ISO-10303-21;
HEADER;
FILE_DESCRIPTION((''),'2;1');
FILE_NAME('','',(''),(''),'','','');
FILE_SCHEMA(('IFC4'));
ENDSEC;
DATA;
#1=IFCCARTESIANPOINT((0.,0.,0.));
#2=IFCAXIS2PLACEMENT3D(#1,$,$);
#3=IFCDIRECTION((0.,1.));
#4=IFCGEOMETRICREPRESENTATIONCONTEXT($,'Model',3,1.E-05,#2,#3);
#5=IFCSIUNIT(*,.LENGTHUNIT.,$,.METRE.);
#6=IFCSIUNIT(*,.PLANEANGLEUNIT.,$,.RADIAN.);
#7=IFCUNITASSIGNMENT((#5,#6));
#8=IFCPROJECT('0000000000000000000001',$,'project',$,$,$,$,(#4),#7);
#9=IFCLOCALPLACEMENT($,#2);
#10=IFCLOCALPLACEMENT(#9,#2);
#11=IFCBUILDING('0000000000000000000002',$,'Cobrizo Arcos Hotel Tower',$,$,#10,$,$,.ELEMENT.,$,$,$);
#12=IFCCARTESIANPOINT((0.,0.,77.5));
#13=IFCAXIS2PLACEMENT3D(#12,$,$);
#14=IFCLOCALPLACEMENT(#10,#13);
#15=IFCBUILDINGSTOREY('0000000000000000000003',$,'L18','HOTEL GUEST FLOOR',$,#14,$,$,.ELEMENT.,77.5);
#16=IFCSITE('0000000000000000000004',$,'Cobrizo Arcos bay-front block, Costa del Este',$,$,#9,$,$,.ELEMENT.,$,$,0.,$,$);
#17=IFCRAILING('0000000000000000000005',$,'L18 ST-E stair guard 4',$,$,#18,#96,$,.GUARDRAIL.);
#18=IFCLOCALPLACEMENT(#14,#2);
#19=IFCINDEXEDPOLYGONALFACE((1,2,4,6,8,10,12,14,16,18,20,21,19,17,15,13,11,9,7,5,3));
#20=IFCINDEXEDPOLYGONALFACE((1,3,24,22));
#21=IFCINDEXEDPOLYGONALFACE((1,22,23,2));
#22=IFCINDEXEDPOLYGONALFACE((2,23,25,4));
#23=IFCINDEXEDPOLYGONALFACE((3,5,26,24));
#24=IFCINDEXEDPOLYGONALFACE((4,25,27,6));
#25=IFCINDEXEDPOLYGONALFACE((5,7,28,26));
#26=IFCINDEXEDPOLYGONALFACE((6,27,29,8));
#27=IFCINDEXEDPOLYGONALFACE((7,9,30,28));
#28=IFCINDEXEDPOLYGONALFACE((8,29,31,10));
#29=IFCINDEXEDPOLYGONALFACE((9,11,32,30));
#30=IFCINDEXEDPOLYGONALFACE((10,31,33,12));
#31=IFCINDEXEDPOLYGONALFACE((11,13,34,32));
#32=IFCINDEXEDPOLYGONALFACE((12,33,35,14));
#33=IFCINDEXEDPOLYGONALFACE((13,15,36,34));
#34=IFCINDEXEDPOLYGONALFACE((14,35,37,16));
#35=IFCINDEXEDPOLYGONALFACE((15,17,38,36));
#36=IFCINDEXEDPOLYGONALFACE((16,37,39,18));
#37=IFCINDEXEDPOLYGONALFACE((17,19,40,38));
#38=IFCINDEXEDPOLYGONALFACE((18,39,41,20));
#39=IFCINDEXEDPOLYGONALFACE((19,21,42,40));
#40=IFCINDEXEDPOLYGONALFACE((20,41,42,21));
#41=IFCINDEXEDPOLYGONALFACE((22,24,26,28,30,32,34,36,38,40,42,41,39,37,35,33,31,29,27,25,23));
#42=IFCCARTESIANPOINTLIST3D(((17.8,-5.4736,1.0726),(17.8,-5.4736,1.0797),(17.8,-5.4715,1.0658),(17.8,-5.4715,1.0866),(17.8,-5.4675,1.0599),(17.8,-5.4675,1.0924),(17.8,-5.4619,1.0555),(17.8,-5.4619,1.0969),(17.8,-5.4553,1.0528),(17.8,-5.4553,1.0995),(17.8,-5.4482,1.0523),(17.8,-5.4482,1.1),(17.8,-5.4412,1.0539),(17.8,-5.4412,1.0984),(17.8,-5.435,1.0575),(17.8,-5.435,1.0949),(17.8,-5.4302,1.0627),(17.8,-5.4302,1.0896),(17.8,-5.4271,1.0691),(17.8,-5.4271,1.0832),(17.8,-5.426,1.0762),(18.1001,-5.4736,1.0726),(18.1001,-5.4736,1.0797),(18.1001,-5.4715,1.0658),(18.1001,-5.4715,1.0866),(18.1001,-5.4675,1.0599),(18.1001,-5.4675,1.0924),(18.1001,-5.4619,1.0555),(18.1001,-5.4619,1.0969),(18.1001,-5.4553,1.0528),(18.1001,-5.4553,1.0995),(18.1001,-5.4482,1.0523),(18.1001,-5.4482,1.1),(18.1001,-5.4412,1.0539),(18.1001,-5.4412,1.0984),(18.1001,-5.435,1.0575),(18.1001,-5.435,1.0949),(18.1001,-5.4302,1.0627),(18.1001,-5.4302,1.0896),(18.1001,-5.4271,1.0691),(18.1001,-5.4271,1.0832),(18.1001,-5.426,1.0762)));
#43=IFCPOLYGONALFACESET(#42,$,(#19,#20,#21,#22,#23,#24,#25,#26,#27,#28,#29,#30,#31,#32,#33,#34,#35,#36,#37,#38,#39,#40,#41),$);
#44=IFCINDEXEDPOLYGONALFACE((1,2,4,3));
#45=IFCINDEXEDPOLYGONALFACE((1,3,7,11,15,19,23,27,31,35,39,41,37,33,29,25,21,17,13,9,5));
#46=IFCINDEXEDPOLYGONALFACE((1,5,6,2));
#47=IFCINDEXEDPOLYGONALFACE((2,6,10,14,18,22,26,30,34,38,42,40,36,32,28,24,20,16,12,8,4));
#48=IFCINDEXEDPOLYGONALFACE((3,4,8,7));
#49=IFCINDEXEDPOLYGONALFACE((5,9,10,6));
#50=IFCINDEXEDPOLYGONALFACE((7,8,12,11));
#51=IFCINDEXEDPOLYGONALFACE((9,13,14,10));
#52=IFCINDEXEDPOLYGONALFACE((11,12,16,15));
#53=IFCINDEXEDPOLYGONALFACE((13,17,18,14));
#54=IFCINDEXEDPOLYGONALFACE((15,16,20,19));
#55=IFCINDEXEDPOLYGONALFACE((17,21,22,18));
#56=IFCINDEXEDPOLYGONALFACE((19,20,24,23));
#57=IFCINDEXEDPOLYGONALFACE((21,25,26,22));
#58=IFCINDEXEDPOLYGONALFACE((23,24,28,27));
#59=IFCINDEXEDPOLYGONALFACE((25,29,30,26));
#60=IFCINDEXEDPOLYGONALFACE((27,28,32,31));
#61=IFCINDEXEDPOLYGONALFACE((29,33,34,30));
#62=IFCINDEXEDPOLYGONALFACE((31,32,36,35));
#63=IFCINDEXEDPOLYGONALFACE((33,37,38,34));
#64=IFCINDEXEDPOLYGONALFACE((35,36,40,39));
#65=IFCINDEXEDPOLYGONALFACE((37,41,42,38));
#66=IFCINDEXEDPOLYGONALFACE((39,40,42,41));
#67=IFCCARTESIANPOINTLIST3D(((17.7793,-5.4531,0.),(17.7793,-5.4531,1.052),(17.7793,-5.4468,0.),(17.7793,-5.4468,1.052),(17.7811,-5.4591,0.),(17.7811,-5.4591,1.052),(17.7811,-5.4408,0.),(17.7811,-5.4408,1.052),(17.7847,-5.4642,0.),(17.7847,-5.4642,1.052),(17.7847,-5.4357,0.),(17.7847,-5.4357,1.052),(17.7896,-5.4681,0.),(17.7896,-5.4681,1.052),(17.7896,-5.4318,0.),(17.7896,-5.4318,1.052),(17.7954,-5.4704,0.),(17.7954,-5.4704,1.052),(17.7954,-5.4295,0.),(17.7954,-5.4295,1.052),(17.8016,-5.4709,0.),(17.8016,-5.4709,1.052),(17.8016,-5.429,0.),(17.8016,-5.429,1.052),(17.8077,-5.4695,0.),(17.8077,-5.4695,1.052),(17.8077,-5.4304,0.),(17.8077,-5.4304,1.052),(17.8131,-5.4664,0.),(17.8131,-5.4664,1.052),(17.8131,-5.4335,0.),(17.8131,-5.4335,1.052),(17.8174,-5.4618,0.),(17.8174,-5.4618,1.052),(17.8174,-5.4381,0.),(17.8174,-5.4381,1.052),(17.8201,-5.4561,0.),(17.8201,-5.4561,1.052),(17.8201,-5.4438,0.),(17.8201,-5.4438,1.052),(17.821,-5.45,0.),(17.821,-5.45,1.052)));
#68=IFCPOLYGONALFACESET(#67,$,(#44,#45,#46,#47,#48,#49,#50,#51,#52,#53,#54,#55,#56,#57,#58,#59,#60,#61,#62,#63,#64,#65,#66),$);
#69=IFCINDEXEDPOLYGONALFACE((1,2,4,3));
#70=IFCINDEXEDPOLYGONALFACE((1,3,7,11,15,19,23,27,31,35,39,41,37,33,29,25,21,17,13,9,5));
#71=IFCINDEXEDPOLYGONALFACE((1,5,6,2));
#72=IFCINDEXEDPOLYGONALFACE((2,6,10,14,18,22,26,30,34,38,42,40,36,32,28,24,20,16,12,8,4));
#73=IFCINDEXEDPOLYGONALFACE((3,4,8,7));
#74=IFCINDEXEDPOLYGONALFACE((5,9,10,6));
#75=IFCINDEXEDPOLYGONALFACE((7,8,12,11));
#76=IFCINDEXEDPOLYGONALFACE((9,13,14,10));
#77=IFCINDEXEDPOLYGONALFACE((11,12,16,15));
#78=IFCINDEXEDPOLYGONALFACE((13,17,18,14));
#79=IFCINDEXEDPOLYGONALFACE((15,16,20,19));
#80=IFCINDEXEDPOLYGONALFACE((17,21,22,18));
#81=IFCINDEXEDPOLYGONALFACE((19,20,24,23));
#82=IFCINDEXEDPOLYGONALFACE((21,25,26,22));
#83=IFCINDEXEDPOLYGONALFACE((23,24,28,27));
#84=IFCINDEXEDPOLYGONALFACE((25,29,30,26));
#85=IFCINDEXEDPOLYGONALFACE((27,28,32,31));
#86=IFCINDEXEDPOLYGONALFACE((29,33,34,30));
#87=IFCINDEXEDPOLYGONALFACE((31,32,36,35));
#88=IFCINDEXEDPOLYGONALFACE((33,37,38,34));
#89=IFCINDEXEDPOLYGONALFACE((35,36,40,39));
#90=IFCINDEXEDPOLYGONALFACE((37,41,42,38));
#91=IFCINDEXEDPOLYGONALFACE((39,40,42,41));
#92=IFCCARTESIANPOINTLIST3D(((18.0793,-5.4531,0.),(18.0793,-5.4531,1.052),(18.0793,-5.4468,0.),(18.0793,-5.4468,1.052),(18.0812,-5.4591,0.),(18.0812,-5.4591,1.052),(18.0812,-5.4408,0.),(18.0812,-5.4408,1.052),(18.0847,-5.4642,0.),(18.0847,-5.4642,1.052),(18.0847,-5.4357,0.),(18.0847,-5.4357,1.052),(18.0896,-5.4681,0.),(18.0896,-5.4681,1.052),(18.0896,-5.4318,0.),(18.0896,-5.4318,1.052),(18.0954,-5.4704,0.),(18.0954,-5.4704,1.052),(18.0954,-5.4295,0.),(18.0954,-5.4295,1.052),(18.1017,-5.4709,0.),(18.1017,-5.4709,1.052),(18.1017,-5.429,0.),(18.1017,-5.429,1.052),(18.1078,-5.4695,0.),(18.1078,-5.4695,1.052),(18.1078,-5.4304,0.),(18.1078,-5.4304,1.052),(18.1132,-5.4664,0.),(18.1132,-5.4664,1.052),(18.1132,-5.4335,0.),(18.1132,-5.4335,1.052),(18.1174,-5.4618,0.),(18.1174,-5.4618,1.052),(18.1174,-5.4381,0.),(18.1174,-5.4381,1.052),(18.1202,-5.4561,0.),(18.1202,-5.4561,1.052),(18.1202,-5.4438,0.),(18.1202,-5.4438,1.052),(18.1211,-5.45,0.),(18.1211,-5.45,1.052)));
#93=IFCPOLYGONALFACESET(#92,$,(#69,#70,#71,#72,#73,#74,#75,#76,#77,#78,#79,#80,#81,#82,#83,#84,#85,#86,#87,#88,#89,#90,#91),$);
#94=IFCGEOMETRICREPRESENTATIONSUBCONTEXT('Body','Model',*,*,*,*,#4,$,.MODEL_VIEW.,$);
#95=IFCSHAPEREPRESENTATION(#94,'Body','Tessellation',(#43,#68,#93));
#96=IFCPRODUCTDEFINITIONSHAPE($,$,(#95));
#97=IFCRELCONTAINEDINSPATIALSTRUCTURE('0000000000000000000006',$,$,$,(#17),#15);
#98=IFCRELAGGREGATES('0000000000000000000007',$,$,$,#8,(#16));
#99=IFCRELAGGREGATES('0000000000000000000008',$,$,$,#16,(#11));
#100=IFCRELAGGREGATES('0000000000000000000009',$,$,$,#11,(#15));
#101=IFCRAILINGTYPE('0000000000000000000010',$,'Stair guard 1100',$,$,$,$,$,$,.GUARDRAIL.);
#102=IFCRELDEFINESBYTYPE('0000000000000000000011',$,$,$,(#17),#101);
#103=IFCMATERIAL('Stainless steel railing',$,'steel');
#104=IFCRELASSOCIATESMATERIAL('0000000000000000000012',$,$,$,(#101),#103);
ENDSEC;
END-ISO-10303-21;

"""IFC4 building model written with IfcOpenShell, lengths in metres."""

from ifc_helpers import new_model, si_unit, direction, frame, origin, origin_2d, place, context, subcontext, project, spatial, circle, extrude, material, type_object, element, save


model = new_model("IFC4")

# Units and contexts
model_context = context("Model", 3, precision=1e-05, world=origin(), true_north=direction((0.0, 1.0)))
body_context = subcontext(model_context, "Body", "Model", "MODEL_VIEW")
ifc_project = project(units=[si_unit("LENGTHUNIT", "METRE"), si_unit("PLANEANGLEUNIT", "RADIAN")], contexts=[model_context])

# Site, building, storey
site_placement = place(None, origin())
site = spatial("IfcSite", under=ifc_project, at=site_placement, Name="Cobrizo Arcos bay-front block, Costa del Este", CompositionType="ELEMENT", RefElevation=0.0)
building_placement = place(site_placement, origin())
building = spatial("IfcBuilding", under=site, at=building_placement, Name="Cobrizo Arcos Hotel Tower", CompositionType="ELEMENT")
storey_placement = place(building_placement, frame((0.0, 0.0, 77.5)))
storey = spatial("IfcBuildingStorey", under=building, at=storey_placement, Name="L18", Description="HOTEL GUEST FLOOR", CompositionType="ELEMENT", Elevation=77.5)

# Railing
ifc_material_1 = material(Name="Stainless steel railing", Category="steel")
railing_type_1 = type_object("IfcRailingType", Name="Stair guard 1100", PredefinedType="GUARDRAIL", material=ifc_material_1)
railing_1_placement = place(storey_placement, frame((17.8, -5.45, 0.0)))
element("IfcRailing", 1, at=railing_1_placement, inside=storey, type_object=railing_type_1, Name="L18 ST-E stair guard 4", PredefinedType="GUARDRAIL", context=body_context, shape_type="SweptSolid", body=[
    extrude(circle(Radius=0.0239, at=origin_2d()), frame((0.0, 0.0, 1.0762), z_axis=(1.0, 0.0, 0.0), x_axis=(0.0, 1.0, 0.0)), (0.0, 0.0, 1.0), 0.3),
    extrude(circle(Radius=0.021, at=origin_2d()), origin(), (0.0, 0.0, 1.0), 1.052),
    extrude(circle(Radius=0.021, at=origin_2d()), frame((0.3, 0.0, 0.0)), (0.0, 0.0, 1.0), 1.052),
])

save(model, "model.ifc")
